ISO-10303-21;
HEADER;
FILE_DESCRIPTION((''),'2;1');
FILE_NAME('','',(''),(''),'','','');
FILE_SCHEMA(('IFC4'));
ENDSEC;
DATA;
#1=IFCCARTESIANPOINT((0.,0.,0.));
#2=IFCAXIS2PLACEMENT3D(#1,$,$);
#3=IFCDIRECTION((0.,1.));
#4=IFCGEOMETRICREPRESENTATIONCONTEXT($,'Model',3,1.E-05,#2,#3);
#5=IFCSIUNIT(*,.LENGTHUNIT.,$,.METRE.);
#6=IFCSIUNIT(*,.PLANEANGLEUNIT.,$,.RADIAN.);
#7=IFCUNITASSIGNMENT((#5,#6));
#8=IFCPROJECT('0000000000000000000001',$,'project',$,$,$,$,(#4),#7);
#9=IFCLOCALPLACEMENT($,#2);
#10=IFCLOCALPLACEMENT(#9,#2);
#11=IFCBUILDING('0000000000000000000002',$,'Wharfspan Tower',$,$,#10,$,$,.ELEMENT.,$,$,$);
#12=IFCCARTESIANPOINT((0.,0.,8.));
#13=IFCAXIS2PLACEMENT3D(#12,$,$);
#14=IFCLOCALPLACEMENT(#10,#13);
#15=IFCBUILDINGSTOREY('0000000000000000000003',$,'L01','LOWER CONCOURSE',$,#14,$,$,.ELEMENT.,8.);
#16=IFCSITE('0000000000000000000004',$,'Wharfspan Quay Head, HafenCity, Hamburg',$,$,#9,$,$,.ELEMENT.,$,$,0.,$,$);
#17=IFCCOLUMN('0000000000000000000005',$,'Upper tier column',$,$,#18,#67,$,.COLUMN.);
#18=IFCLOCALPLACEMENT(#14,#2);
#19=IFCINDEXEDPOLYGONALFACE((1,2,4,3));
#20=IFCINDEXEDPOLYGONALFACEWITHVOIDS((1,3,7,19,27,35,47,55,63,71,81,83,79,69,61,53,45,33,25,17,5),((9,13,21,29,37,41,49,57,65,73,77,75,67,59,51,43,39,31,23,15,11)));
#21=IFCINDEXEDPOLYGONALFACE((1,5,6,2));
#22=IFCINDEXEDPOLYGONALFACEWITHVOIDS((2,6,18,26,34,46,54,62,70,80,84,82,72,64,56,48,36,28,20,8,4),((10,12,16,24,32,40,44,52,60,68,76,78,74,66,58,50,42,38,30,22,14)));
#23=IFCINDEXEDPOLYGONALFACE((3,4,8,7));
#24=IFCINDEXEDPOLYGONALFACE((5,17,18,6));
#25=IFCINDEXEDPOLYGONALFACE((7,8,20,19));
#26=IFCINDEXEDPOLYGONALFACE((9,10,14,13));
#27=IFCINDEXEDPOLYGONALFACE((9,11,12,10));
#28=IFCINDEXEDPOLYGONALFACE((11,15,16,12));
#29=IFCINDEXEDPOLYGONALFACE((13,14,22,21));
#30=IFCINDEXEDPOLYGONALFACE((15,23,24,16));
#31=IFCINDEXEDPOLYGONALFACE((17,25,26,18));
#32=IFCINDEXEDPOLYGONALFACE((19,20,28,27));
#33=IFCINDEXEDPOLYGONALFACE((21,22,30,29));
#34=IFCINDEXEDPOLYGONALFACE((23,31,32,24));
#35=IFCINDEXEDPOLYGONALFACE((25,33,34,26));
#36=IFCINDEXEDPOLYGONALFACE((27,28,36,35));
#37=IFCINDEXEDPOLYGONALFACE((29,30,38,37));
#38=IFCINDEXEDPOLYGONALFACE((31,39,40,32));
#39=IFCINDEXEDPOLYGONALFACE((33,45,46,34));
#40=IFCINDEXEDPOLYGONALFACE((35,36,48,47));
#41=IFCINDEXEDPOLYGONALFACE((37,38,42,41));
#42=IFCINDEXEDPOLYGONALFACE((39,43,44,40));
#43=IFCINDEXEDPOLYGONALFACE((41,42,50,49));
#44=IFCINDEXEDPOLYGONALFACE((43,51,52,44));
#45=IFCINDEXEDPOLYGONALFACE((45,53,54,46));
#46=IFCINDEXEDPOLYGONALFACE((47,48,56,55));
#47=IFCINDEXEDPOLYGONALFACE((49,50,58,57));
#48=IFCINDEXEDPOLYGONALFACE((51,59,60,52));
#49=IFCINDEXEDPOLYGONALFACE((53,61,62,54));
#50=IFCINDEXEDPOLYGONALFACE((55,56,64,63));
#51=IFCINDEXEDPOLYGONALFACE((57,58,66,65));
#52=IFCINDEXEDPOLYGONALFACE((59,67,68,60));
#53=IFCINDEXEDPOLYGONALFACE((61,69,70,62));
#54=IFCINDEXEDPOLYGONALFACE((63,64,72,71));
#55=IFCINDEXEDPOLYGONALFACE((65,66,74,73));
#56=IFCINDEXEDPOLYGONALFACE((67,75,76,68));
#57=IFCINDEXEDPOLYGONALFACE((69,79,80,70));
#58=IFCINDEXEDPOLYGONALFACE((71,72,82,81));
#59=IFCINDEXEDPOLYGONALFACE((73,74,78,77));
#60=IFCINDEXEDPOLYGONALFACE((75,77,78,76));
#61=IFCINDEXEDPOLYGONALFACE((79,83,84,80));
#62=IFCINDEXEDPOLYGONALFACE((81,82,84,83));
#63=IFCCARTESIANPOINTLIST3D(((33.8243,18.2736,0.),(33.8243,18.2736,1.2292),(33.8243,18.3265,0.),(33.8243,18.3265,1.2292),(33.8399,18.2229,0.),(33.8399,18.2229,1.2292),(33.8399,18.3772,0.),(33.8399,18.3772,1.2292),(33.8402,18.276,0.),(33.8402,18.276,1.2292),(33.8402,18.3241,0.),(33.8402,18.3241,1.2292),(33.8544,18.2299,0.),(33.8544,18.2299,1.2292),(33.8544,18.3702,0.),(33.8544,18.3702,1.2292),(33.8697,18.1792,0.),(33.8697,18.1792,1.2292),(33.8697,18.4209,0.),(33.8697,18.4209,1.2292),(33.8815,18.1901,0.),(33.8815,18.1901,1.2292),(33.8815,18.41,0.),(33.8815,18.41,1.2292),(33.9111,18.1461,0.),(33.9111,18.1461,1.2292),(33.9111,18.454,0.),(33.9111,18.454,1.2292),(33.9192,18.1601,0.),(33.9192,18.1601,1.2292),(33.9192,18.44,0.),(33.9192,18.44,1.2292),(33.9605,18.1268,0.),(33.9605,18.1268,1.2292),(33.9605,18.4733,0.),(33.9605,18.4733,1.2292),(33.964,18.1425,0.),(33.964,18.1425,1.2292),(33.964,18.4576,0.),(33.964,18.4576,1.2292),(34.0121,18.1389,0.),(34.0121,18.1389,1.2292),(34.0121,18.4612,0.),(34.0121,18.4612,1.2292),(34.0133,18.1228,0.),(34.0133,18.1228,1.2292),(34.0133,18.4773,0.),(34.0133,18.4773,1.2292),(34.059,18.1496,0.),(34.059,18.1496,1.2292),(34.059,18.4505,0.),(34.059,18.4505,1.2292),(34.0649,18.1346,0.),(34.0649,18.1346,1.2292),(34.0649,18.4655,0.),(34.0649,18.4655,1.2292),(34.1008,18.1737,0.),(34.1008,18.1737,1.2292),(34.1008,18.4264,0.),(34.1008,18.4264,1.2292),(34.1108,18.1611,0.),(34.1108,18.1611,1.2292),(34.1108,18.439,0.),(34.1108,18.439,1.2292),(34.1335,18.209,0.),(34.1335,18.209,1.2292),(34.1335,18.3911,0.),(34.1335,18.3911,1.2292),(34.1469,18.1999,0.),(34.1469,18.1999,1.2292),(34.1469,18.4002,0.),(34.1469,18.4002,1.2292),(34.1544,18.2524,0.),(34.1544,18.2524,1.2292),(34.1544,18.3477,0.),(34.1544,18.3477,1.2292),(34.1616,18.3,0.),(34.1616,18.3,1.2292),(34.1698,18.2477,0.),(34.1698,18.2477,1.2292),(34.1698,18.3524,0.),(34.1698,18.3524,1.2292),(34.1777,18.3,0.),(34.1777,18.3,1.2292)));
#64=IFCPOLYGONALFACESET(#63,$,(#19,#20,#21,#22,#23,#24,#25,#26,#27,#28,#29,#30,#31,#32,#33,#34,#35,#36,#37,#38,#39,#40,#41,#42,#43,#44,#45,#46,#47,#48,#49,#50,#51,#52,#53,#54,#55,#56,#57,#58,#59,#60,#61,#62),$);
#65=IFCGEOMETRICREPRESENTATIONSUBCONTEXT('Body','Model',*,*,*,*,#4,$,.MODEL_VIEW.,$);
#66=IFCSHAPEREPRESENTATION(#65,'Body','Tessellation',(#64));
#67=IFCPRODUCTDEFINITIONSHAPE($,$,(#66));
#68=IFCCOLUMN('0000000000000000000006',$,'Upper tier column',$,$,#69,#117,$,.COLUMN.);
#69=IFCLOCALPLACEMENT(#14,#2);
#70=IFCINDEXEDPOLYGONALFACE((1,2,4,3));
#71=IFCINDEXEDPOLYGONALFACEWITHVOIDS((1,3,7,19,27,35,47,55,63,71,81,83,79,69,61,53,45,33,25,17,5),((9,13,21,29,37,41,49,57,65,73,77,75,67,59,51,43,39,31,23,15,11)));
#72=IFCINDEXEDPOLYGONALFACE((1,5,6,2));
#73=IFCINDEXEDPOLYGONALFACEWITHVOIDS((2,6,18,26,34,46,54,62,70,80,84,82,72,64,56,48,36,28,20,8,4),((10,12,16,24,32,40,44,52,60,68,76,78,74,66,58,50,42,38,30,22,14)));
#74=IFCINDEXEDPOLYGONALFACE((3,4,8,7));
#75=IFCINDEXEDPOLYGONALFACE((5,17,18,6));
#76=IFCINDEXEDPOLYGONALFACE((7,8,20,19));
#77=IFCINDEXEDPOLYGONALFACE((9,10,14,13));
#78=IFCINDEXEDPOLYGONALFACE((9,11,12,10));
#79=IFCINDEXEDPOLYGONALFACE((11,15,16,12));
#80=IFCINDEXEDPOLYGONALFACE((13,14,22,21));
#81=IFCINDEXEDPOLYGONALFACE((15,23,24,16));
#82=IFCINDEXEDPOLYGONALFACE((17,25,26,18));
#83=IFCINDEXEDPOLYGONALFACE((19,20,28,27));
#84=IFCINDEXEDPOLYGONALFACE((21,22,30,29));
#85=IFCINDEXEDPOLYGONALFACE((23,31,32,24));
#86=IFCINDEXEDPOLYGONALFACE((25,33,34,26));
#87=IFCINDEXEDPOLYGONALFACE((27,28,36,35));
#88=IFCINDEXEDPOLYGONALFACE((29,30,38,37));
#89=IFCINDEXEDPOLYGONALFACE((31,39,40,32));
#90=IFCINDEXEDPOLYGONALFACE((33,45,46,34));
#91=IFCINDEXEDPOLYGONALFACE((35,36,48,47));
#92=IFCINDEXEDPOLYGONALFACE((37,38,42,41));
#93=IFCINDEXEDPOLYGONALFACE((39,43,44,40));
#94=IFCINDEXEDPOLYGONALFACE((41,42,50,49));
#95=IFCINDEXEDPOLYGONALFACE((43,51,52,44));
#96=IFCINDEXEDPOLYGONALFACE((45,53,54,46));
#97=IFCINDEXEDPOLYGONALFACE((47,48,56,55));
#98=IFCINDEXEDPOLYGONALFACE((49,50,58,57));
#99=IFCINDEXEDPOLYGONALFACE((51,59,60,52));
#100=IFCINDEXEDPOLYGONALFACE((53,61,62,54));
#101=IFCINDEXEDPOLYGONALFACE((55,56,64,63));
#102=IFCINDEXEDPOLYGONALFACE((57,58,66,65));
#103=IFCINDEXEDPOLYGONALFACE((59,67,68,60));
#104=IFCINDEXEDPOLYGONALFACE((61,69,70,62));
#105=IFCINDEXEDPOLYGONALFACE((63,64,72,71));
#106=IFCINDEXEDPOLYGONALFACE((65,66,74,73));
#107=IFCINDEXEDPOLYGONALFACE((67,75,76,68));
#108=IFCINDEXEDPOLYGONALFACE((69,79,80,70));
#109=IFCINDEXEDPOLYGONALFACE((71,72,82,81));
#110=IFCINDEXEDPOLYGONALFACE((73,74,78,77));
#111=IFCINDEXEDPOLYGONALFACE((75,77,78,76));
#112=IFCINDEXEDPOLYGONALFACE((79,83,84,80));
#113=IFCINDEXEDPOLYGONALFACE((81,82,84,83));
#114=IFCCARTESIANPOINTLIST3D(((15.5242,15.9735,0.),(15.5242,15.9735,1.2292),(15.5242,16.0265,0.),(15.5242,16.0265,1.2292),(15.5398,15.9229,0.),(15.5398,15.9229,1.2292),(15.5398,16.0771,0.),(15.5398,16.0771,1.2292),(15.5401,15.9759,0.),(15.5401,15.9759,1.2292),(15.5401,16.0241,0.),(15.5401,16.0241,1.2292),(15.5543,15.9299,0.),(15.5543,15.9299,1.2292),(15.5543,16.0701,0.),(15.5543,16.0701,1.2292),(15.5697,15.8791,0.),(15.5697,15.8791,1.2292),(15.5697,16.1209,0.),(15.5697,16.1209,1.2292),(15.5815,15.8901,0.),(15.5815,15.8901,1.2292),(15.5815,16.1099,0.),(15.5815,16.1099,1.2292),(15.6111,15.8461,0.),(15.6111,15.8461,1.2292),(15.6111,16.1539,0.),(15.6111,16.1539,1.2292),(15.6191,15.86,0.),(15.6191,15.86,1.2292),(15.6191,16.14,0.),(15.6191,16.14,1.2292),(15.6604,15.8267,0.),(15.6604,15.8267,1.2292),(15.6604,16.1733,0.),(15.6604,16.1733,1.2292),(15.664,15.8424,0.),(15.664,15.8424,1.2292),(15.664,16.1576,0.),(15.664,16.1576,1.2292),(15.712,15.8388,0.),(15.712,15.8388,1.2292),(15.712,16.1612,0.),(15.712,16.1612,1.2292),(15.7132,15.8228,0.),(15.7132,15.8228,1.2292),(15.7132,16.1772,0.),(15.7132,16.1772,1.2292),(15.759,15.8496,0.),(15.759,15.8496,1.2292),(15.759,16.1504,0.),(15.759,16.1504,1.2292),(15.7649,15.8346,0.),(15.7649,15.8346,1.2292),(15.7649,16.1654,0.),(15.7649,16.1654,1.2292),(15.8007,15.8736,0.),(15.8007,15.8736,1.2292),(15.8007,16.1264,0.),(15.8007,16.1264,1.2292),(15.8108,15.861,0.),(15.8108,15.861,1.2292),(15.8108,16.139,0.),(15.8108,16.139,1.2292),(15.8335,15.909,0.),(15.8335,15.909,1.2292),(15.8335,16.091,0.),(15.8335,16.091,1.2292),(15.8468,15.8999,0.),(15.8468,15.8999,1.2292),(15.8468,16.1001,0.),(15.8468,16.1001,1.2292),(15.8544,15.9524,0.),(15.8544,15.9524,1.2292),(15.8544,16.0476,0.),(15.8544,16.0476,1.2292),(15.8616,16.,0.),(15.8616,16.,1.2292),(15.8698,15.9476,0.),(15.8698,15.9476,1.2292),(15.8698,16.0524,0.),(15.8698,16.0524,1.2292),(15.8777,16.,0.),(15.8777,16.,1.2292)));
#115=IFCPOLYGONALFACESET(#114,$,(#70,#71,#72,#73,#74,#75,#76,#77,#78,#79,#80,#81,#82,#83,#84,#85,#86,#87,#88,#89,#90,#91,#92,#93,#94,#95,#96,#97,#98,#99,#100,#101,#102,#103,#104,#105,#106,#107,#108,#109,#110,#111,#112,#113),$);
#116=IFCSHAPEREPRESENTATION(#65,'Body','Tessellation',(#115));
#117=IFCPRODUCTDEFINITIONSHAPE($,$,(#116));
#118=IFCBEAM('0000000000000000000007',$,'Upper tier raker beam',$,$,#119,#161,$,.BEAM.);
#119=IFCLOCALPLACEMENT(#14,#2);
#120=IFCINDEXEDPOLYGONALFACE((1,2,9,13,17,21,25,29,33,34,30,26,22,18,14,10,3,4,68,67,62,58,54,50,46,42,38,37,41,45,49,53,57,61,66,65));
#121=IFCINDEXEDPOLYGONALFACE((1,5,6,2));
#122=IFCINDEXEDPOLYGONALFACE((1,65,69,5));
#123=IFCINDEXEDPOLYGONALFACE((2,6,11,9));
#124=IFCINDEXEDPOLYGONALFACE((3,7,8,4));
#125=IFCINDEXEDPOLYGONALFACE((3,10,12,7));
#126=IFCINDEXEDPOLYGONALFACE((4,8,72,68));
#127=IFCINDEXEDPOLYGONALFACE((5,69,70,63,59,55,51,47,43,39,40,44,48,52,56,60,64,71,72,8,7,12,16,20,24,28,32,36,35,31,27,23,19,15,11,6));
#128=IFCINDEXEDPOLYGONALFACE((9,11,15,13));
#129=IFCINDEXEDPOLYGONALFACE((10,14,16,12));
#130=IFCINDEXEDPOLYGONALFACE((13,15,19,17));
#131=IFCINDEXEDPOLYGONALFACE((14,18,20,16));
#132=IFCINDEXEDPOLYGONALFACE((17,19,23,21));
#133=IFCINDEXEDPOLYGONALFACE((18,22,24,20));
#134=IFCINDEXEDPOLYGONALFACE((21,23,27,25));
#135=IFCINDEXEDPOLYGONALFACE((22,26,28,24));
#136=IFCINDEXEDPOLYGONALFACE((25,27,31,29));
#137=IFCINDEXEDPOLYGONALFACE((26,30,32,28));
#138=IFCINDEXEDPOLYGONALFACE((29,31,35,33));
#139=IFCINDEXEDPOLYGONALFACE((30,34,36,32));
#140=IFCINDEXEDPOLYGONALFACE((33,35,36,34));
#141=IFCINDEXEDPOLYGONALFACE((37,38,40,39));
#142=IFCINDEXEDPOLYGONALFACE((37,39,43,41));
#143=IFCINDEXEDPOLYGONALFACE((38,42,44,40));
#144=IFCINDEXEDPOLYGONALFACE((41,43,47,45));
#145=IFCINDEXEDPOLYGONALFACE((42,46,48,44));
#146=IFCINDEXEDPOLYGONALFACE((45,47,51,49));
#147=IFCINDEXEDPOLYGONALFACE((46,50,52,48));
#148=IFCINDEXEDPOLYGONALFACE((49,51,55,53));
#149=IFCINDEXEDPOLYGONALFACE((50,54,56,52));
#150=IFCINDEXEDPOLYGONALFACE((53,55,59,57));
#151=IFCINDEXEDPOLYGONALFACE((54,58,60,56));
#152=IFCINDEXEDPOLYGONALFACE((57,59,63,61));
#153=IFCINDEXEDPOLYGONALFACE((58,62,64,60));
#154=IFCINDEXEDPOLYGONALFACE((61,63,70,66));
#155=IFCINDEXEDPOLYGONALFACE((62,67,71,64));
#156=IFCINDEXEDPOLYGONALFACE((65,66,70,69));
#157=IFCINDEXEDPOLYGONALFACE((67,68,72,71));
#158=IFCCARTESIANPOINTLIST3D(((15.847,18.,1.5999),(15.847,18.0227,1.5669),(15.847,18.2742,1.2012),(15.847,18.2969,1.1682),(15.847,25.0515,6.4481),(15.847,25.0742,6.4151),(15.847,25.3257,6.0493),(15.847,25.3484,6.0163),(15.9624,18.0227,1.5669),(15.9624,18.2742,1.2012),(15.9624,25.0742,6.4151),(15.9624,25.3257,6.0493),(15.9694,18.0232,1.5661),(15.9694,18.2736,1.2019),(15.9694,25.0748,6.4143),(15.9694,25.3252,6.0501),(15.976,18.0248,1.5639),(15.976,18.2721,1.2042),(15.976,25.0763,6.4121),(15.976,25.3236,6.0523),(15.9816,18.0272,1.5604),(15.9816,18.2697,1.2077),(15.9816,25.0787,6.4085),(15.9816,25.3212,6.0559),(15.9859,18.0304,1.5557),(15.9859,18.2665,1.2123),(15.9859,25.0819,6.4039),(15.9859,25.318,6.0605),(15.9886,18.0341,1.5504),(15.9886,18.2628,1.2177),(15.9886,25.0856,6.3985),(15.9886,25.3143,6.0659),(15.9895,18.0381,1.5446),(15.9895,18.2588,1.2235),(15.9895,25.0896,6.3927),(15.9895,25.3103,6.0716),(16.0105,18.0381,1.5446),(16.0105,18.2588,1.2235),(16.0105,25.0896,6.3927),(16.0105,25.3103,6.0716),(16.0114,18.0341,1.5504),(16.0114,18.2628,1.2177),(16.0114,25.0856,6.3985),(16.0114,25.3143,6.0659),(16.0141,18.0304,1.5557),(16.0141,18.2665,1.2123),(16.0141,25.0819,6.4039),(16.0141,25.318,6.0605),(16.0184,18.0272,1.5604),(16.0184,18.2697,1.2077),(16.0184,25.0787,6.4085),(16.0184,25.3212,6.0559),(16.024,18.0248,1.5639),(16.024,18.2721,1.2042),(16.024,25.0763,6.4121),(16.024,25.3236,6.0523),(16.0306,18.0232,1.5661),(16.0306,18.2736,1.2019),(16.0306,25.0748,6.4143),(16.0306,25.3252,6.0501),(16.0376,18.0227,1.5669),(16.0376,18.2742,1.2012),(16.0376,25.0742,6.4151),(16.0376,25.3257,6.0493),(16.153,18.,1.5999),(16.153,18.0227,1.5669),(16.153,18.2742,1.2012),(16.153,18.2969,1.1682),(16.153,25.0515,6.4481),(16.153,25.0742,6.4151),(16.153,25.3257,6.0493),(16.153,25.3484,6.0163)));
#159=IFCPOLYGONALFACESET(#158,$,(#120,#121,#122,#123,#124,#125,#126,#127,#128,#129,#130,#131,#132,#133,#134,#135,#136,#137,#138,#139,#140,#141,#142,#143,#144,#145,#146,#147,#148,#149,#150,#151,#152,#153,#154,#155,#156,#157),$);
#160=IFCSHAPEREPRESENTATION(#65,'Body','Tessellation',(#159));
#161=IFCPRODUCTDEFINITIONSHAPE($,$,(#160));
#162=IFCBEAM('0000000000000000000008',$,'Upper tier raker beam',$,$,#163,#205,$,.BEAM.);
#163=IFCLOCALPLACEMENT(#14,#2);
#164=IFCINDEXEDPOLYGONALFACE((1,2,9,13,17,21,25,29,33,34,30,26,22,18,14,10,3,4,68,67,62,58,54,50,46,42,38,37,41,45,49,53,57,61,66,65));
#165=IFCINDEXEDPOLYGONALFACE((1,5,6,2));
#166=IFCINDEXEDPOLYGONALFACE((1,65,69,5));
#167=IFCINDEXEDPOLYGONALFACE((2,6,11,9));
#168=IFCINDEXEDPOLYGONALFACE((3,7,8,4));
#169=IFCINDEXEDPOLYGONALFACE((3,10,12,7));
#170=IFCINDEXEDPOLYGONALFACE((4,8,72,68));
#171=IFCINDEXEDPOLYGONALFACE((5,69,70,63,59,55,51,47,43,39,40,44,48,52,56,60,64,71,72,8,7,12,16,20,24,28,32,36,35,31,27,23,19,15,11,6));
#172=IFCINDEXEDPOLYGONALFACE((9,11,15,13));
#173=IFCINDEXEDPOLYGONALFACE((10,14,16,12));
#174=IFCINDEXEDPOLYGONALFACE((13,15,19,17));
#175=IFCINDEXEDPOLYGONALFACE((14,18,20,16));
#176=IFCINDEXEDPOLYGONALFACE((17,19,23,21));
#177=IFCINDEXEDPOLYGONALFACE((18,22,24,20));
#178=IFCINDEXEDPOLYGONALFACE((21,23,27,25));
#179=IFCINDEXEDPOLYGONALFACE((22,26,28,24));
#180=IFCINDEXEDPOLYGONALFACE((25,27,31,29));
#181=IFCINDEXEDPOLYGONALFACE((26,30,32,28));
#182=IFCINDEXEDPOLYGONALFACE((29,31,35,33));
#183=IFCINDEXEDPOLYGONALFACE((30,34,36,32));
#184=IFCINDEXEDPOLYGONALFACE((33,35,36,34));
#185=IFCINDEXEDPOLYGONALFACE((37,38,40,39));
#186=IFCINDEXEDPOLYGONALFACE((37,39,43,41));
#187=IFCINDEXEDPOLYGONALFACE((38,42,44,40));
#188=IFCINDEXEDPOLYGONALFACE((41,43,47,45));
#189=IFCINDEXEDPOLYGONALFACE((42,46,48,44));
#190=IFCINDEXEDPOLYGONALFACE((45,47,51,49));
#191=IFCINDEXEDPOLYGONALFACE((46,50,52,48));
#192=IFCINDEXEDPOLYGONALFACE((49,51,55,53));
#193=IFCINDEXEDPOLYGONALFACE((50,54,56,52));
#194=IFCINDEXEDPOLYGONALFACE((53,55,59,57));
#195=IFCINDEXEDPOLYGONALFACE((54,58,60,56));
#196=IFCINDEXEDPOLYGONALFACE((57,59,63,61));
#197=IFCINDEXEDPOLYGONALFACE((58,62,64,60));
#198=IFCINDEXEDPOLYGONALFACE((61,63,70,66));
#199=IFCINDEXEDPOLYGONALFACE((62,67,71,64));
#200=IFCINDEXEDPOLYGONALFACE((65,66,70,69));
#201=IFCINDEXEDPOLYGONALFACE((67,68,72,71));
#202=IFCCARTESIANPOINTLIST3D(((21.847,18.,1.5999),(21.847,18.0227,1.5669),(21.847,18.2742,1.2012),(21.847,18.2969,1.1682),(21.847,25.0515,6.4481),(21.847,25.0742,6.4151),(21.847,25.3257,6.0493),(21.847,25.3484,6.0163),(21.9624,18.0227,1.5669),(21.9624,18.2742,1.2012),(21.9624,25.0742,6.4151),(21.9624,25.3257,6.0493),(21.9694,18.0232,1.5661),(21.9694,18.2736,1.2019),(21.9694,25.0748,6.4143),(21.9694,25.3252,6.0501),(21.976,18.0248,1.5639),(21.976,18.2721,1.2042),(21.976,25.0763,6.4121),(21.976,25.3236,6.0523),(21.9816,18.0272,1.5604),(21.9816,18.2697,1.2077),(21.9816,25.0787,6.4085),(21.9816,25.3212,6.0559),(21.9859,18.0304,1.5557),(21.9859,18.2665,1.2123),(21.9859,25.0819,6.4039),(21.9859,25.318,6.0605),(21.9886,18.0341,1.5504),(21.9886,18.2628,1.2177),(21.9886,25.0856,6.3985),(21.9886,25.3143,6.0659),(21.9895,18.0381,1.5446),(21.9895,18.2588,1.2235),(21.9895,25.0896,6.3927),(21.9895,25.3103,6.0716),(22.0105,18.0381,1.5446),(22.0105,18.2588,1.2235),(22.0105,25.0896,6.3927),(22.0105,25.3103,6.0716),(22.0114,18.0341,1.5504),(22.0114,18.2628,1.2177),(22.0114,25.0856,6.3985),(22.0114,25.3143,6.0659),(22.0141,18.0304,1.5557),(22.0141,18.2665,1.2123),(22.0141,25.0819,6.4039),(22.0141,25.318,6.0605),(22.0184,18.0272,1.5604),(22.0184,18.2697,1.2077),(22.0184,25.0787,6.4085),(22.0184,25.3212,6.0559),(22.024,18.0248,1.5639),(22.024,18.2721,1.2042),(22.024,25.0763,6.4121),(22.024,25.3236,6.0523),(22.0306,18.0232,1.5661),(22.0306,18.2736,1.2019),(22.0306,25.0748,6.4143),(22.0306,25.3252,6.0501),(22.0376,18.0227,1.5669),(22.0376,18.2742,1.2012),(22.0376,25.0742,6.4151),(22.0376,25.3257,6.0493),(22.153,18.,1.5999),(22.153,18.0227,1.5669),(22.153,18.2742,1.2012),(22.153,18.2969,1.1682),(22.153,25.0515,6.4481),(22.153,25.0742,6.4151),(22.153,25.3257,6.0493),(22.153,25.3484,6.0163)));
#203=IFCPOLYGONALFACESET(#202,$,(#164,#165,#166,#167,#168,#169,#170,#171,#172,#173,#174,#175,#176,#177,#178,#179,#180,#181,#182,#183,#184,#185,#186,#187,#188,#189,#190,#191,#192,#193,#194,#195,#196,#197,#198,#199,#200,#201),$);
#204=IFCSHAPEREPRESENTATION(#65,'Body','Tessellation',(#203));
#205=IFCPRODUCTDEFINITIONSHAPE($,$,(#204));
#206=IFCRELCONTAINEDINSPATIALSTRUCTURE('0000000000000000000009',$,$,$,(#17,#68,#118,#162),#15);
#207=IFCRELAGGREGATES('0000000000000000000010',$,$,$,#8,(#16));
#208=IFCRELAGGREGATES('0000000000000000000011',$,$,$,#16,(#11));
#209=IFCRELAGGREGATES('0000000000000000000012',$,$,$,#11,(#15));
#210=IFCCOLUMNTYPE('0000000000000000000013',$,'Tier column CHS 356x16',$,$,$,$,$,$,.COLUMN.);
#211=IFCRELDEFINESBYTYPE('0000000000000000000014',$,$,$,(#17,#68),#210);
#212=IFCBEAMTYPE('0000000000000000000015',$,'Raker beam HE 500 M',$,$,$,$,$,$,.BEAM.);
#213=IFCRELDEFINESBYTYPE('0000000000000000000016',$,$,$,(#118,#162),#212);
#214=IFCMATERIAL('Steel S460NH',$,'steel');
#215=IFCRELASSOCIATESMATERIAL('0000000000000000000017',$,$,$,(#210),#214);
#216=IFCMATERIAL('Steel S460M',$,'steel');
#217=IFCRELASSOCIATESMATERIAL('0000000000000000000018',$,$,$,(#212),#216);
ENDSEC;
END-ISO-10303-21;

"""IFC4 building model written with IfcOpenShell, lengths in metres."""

from ifc_helpers import new_model, si_unit, direction, frame, origin, origin_2d, place, context, subcontext, project, spatial, hollow_circle, i_section, extrude, material, material_profile, profile_set, type_object, element, save


model = new_model("IFC4")

# Units and contexts
model_context = context("Model", 3, precision=1e-05, world=origin(), true_north=direction((0.0, 1.0)))
body_context = subcontext(model_context, "Body", "Model", "MODEL_VIEW")
ifc_project = project(units=[si_unit("LENGTHUNIT", "METRE"), si_unit("PLANEANGLEUNIT", "RADIAN")], contexts=[model_context])

# Site, building, storey
site_placement = place(None, origin())
site = spatial("IfcSite", under=ifc_project, at=site_placement, Name="Wharfspan Quay Head, HafenCity, Hamburg", CompositionType="ELEMENT", RefElevation=0.0)
building_placement = place(site_placement, origin())
building = spatial("IfcBuilding", under=site, at=building_placement, Name="Wharfspan Tower", CompositionType="ELEMENT")
storey_placement = place(building_placement, frame((0.0, 0.0, 8.0)))
storey = spatial("IfcBuildingStorey", under=building, at=storey_placement, Name="L01", Description="LOWER CONCOURSE", CompositionType="ELEMENT", Elevation=8.0)

# Columns
ifc_material_1 = material(Name="Steel S460NH", Category="steel")
ifc_material_profile_1 = material_profile(ifc_material_1, hollow_circle(Radius=0.1777, WallThickness=0.0161, at=origin_2d()))
ifc_profile_set_1 = profile_set([ifc_material_profile_1], Name="Steel S460NH")
column_type_1 = type_object("IfcColumnType", Name="Tier column CHS 356x16", PredefinedType="COLUMN", material=ifc_profile_set_1)
for number, where, z_axis, x_axis, name in (
    (1, (34.0, 18.3, 0.0), (0.0, 0.0, 1.0), (1.0, 0.0, 0.0), "Upper tier column"),
    (2, (15.7, 16.0, 0.0), (0.0, 0.0, 1.0), (1.0, 0.0, 0.0), "Upper tier column"),
):
    element("IfcColumn", number, at=place(storey_placement, frame(where, z_axis=z_axis, x_axis=x_axis)), inside=storey, type_object=column_type_1, Name=name, PredefinedType="COLUMN", context=body_context, shape_type="SweptSolid", body=[
        extrude(hollow_circle(Radius=0.1777, WallThickness=0.0161, at=origin_2d()), origin(), (0.0, 0.0, 1.0), 1.2292),
    ])

# Beams
ifc_material_2 = material(Name="Steel S460M", Category="steel")
ifc_material_profile_2 = material_profile(ifc_material_2, i_section(OverallWidth=0.3059, OverallDepth=0.5239, WebThickness=0.021, FlangeThickness=0.04, FilletRadius=0.0271, at=origin_2d()))
ifc_profile_set_2 = profile_set([ifc_material_profile_2], Name="Steel S460M")
beam_type_1 = type_object("IfcBeamType", Name="Raker beam HE 500 M", PredefinedType="BEAM", material=ifc_profile_set_2)
for number, where, z_axis, x_axis, name in (
    (3, (16.0, 18.1484, 1.384), (0.0, 0.824029, 0.566547), (-1.0, 0.0, 0.0), "Upper tier raker beam"),
    (4, (22.0, 18.1484, 1.384), (0.0, 0.824029, 0.566547), (-1.0, 0.0, 0.0), "Upper tier raker beam"),
):
    element("IfcBeam", number, at=place(storey_placement, frame(where, z_axis=z_axis, x_axis=x_axis)), inside=storey, type_object=beam_type_1, Name=name, PredefinedType="BEAM", context=body_context, shape_type="SweptSolid", body=[
        extrude(i_section(OverallWidth=0.3059, OverallDepth=0.5239, WebThickness=0.021, FlangeThickness=0.04, FilletRadius=0.0271, at=origin_2d()), origin(), (0.0, 0.0, 1.0), 8.5574),
    ])

save(model, "model.ifc")
